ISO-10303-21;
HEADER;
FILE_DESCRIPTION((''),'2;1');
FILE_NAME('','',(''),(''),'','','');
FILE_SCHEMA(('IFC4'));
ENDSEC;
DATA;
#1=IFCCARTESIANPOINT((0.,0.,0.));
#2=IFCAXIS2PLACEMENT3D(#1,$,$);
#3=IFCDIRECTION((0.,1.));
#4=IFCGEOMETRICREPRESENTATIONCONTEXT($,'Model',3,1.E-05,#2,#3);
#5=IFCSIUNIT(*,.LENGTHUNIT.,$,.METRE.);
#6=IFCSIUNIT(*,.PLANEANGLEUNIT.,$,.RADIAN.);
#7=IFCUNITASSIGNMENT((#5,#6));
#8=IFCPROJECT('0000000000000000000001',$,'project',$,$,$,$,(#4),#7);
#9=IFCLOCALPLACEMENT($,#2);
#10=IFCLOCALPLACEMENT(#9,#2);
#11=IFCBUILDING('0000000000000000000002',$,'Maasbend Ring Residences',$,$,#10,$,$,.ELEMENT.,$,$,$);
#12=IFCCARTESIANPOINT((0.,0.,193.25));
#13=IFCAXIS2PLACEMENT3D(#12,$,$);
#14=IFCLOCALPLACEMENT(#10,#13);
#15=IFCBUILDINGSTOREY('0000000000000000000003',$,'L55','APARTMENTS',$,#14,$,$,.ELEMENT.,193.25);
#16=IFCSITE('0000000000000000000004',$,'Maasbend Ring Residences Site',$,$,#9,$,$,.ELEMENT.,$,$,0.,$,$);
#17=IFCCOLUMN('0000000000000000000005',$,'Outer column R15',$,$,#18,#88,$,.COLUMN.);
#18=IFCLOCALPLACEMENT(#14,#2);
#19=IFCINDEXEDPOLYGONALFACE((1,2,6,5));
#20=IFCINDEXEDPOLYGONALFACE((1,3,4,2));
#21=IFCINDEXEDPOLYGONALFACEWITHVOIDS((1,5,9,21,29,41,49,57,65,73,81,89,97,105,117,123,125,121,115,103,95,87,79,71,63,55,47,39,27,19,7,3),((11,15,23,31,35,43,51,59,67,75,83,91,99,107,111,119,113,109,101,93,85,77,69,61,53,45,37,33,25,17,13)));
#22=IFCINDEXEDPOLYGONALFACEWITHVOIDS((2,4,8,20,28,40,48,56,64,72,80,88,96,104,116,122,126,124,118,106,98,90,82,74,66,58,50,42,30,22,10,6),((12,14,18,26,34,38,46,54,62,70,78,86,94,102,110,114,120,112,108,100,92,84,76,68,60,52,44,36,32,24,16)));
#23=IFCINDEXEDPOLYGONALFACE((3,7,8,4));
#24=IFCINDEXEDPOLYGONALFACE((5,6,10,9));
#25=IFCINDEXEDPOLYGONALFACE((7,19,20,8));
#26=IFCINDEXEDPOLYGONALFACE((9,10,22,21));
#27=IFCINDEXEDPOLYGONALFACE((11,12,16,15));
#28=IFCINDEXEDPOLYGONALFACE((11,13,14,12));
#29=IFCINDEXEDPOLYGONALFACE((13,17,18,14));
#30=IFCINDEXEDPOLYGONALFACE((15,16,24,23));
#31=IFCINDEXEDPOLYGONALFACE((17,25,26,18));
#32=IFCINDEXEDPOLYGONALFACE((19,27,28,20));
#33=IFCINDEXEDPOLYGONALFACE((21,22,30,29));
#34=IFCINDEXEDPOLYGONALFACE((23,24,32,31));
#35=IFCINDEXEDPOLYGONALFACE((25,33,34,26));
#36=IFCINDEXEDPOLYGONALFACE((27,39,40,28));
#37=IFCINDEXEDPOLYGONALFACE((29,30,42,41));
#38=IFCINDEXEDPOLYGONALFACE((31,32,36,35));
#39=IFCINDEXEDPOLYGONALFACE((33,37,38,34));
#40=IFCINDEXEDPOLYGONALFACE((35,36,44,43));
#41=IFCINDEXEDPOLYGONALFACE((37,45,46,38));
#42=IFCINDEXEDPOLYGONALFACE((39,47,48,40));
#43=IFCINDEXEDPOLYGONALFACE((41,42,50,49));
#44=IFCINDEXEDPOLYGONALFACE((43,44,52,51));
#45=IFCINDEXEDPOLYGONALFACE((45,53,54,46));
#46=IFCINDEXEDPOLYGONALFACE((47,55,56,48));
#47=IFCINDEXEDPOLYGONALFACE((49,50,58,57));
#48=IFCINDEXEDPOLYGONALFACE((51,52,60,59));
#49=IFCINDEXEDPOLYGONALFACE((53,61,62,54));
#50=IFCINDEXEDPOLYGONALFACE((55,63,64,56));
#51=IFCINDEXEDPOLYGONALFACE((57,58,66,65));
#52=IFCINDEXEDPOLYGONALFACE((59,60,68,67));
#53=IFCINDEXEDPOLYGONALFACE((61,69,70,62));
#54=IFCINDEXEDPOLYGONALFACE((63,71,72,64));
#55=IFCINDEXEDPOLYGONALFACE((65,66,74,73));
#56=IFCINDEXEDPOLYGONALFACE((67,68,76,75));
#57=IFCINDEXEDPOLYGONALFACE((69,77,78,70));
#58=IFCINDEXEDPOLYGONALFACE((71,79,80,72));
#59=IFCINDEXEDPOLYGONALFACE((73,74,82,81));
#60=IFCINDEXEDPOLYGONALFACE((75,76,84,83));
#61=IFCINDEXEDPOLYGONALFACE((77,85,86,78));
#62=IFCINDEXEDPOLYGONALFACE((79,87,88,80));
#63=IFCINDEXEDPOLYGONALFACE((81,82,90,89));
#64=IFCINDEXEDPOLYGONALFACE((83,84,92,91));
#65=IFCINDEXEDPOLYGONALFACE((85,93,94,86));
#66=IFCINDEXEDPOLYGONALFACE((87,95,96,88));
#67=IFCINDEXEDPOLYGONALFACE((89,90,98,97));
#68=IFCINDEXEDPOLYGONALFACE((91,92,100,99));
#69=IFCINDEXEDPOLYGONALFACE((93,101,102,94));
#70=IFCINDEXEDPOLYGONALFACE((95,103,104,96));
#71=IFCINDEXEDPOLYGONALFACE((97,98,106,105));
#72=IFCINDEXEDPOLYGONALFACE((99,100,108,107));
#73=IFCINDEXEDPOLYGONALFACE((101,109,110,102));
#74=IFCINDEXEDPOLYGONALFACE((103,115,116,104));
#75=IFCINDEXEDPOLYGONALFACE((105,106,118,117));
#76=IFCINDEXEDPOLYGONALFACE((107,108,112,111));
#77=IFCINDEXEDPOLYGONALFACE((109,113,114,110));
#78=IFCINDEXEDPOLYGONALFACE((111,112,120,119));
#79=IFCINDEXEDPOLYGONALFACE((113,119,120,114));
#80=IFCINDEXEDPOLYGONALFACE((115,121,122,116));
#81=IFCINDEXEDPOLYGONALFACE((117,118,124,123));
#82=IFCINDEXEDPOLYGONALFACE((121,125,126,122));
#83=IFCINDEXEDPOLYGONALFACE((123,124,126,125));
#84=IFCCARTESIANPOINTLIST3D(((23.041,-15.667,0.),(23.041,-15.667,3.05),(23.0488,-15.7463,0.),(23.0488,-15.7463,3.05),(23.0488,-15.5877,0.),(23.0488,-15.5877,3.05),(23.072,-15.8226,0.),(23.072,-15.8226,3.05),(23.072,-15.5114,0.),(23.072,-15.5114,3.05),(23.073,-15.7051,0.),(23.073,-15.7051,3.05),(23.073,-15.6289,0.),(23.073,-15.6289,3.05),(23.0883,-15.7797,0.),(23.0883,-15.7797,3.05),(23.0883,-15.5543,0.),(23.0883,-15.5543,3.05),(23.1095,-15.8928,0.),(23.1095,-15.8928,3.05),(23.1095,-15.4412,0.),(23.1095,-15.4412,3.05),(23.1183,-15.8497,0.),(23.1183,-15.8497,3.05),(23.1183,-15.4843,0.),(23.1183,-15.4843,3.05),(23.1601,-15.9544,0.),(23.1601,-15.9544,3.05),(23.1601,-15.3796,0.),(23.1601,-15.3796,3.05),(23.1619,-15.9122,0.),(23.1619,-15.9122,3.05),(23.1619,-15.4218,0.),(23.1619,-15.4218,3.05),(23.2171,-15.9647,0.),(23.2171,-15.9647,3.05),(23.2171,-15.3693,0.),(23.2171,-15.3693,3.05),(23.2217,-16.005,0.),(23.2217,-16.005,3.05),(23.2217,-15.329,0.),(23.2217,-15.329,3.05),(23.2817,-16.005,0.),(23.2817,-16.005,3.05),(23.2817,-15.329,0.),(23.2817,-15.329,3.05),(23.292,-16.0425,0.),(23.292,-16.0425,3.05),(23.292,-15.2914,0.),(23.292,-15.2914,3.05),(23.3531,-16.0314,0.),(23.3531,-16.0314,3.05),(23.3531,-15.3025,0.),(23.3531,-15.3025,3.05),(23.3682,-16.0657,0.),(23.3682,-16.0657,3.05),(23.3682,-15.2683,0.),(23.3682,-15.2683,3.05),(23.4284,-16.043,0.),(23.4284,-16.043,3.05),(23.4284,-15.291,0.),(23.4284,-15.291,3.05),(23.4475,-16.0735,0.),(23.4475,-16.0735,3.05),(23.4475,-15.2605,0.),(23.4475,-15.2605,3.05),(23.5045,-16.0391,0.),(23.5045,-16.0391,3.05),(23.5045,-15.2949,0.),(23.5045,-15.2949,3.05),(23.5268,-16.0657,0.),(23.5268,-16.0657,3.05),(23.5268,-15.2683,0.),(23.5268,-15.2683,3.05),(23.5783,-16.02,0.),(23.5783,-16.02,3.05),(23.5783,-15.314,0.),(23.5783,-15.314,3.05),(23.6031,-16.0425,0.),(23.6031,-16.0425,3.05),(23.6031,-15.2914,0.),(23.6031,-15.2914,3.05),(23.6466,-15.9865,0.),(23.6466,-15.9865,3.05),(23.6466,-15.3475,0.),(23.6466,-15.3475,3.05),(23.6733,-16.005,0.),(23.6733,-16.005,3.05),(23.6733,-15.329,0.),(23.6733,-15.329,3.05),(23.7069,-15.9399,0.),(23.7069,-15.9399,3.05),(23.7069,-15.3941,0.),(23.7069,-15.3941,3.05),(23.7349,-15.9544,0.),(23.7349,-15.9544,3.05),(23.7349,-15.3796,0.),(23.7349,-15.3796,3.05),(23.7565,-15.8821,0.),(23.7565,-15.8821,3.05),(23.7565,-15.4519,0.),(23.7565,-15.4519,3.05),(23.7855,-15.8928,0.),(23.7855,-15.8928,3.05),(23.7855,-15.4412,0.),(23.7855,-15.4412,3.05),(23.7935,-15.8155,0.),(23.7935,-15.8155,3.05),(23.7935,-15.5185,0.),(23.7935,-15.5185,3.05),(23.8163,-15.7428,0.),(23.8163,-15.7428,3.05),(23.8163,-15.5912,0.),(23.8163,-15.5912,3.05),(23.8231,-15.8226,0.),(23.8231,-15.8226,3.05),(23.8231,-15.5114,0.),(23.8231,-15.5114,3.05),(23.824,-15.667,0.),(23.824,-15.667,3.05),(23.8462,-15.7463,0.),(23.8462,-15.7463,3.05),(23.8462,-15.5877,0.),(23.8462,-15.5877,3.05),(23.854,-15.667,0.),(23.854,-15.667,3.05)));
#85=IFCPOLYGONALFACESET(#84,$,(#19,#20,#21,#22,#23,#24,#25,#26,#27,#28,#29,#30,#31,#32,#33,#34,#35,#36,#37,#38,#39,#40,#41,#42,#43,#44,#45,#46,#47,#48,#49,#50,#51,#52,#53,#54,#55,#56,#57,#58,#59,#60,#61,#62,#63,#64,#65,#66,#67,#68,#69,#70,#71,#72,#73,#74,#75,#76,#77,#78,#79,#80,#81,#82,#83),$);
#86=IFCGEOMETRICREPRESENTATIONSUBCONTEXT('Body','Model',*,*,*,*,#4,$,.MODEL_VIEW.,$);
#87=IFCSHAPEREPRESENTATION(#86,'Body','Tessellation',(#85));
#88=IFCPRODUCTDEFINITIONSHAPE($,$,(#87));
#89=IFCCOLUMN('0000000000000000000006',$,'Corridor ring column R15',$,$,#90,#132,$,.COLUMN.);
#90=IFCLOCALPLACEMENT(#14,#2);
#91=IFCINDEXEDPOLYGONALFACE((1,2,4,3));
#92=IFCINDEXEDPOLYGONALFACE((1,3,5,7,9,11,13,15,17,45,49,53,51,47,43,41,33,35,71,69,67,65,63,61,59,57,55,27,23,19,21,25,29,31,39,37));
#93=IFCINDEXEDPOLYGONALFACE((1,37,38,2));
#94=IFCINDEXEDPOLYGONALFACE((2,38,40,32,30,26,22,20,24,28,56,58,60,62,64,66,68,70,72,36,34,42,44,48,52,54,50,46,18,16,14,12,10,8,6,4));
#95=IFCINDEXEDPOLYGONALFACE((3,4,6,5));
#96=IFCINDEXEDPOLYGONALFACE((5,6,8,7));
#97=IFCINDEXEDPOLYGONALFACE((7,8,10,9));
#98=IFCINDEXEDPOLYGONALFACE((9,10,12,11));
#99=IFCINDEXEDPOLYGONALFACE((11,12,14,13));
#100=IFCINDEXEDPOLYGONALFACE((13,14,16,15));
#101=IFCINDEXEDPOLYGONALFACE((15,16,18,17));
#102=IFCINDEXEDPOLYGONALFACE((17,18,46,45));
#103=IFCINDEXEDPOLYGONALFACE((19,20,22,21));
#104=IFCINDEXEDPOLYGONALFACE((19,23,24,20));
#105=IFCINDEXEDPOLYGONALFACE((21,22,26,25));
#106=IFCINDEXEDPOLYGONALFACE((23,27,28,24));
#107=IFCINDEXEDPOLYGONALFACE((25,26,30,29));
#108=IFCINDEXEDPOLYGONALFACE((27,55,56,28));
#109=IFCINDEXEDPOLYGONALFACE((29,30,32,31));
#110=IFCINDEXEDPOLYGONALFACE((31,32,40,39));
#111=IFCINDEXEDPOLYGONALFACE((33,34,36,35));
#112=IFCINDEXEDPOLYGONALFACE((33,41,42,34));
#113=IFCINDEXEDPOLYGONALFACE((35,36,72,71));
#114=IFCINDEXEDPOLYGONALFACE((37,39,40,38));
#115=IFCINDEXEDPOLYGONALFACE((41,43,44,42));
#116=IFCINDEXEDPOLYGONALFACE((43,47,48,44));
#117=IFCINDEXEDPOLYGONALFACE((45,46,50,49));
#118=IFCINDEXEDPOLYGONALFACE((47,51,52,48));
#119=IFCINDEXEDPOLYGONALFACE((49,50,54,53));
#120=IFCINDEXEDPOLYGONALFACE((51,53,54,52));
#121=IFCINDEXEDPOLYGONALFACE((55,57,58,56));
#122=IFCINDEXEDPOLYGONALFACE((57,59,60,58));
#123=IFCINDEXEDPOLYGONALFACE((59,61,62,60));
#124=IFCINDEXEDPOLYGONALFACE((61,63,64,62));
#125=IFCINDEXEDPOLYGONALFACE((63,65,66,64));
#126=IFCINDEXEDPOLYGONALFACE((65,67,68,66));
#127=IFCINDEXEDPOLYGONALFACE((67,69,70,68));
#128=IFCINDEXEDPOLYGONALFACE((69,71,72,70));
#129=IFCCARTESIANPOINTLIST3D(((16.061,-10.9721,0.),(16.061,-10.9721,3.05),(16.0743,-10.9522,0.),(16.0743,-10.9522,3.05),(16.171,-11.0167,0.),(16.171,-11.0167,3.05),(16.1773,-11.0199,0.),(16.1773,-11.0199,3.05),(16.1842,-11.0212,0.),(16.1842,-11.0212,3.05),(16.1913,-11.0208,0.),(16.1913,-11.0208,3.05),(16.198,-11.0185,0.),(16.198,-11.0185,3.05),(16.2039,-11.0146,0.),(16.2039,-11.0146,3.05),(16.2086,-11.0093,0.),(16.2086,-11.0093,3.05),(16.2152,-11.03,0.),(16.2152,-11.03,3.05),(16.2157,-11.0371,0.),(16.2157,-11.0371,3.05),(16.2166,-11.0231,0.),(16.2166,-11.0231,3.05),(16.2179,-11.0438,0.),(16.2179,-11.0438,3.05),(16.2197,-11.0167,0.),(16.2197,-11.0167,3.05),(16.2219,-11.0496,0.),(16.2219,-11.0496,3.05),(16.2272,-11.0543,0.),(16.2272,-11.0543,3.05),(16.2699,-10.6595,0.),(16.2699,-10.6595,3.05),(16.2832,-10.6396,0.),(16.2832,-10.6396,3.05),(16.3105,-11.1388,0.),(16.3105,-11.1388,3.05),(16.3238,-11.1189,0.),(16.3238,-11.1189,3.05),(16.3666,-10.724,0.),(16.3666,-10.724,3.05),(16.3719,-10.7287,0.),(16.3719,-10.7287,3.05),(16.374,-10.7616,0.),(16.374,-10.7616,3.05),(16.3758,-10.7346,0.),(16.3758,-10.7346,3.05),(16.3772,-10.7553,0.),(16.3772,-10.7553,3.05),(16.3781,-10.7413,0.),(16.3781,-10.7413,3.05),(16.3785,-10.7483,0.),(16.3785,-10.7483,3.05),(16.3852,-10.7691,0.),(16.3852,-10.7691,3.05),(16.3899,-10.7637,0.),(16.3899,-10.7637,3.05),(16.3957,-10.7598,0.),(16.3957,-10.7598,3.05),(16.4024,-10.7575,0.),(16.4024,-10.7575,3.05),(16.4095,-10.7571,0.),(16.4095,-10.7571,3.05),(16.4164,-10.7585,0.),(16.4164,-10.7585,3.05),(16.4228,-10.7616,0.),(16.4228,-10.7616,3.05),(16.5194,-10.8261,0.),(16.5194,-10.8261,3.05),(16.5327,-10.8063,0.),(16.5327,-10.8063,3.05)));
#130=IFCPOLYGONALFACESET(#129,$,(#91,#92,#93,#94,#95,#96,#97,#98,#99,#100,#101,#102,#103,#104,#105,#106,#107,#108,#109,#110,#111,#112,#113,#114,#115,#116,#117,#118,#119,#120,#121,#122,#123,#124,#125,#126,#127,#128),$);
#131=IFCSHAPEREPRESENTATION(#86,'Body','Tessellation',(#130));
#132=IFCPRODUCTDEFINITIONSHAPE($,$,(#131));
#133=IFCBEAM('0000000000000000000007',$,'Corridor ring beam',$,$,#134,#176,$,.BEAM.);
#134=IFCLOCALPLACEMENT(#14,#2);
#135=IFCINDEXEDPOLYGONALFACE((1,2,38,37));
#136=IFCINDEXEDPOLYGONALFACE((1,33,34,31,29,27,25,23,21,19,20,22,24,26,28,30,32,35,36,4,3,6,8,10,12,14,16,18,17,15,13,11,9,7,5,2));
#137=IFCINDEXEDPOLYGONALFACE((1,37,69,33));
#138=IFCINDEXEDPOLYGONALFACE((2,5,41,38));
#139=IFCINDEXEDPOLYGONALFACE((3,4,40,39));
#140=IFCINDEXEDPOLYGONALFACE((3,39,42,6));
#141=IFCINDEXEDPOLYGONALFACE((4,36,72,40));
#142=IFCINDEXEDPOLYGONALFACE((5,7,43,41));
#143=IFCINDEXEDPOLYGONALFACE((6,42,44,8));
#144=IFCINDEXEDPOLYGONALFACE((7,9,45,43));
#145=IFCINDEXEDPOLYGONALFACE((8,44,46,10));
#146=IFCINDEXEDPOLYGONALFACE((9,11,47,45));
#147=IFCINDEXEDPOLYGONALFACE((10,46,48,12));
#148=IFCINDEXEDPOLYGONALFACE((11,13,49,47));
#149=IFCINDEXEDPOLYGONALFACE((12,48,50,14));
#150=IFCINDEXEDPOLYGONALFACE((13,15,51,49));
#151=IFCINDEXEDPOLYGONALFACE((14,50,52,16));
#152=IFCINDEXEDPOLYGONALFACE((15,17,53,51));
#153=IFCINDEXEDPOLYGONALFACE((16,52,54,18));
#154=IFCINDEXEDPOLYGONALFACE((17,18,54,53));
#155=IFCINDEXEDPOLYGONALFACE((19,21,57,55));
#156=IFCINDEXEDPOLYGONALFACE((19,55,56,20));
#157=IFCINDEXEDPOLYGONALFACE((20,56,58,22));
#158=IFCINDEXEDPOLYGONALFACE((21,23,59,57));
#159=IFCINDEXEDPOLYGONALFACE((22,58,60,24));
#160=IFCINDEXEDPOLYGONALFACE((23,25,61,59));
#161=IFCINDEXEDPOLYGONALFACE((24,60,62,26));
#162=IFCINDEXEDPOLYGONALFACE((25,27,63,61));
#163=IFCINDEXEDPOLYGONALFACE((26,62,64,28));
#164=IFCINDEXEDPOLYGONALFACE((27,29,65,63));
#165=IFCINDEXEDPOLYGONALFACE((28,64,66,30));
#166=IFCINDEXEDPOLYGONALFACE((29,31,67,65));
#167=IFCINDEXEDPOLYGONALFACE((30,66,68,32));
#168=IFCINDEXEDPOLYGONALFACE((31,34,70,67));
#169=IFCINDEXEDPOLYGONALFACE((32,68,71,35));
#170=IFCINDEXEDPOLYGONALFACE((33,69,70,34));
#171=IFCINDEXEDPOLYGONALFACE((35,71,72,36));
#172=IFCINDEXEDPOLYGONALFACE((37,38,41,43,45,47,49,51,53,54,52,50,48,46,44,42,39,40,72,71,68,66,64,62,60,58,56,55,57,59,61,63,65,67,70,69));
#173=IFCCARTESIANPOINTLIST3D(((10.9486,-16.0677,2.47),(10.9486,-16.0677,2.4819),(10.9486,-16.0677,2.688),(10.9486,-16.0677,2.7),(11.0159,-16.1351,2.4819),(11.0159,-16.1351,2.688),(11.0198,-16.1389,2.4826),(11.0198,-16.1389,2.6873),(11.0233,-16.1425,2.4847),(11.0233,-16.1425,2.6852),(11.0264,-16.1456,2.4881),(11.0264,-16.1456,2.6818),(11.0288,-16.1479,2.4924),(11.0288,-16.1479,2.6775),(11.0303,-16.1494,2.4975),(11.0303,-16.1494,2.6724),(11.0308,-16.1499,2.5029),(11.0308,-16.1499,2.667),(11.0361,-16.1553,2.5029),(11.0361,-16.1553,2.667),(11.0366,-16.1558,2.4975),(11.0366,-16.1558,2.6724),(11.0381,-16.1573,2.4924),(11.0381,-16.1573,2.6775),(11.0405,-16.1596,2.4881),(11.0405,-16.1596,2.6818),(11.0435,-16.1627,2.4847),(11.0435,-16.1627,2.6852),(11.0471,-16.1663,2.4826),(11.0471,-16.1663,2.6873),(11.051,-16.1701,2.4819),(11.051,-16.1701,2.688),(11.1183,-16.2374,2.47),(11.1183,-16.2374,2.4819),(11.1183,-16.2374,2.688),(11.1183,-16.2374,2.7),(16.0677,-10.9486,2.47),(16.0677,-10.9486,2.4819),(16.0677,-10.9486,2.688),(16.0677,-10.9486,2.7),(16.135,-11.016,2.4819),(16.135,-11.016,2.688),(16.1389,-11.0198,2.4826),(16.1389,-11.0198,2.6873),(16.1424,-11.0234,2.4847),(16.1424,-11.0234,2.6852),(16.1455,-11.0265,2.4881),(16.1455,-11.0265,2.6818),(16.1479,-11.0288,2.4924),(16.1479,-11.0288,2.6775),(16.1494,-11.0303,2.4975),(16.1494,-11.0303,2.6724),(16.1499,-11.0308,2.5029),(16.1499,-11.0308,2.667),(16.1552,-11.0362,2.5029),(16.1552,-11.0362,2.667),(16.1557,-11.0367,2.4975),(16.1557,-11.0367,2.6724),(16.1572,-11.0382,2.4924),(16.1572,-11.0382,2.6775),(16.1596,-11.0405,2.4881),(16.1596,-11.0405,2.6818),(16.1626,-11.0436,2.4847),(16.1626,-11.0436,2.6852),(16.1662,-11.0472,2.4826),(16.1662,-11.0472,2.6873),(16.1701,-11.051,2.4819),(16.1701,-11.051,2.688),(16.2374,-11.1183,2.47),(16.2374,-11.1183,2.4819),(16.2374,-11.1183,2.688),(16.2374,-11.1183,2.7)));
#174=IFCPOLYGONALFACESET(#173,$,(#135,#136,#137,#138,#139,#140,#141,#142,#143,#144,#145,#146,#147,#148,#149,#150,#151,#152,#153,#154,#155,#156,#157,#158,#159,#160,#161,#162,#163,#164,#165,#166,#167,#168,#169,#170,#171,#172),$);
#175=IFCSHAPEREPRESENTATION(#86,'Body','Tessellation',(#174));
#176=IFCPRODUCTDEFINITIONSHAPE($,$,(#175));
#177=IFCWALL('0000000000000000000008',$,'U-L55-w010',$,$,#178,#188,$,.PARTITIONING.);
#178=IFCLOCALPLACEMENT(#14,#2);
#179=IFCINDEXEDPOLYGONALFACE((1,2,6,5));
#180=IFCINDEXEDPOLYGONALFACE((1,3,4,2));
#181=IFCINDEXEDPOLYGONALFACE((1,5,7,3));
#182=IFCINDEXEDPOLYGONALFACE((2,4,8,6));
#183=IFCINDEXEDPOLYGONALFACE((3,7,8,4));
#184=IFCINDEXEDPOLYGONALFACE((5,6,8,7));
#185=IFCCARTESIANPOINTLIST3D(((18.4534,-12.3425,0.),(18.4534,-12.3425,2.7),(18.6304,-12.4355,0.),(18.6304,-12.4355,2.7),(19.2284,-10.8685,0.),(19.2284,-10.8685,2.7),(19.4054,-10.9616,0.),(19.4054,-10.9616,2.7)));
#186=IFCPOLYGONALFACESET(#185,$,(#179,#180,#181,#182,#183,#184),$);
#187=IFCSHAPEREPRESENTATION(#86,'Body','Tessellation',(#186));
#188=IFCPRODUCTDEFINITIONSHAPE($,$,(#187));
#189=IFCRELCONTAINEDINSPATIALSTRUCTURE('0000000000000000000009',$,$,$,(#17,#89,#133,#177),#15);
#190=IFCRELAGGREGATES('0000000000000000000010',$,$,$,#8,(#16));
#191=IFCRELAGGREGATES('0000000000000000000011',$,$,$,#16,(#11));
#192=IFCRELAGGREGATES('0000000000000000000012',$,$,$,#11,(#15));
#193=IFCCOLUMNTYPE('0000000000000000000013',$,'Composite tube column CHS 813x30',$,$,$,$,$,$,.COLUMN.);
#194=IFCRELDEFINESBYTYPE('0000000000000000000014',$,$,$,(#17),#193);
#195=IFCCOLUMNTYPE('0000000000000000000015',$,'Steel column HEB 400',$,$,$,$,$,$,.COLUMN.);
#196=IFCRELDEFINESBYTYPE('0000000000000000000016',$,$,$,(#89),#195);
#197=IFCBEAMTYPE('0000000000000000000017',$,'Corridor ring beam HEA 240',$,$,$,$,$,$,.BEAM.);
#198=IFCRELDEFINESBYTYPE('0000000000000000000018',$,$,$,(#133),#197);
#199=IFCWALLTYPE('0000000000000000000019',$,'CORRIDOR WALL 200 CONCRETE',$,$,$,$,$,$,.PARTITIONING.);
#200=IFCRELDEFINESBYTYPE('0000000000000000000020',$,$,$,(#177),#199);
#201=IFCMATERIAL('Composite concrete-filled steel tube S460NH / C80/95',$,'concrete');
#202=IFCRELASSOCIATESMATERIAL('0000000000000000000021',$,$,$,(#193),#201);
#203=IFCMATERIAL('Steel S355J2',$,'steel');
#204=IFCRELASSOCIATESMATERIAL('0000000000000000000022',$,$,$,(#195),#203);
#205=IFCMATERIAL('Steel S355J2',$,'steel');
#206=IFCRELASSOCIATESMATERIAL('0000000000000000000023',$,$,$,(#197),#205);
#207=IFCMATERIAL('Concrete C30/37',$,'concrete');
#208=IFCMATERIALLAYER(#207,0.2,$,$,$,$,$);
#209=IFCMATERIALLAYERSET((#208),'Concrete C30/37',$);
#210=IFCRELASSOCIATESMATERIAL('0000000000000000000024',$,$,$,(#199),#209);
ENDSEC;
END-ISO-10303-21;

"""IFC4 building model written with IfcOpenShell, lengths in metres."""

from ifc_helpers import new_model, si_unit, direction, frame, frame_2d, origin, origin_2d, place, context, subcontext, project, spatial, rectangle, hollow_circle, i_section, extrude, material, layer, layer_set, material_profile, profile_set, type_object, element, save


model = new_model("IFC4")

# Units and contexts
model_context = context("Model", 3, precision=1e-05, world=origin(), true_north=direction((0.0, 1.0)))
body_context = subcontext(model_context, "Body", "Model", "MODEL_VIEW")
ifc_project = project(units=[si_unit("LENGTHUNIT", "METRE"), si_unit("PLANEANGLEUNIT", "RADIAN")], contexts=[model_context])

# Site, building, storey
site_placement = place(None, origin())
site = spatial("IfcSite", under=ifc_project, at=site_placement, Name="Maasbend Ring Residences Site", CompositionType="ELEMENT", RefElevation=0.0)
building_placement = place(site_placement, origin())
building = spatial("IfcBuilding", under=site, at=building_placement, Name="Maasbend Ring Residences", CompositionType="ELEMENT")
storey_placement = place(building_placement, frame((0.0, 0.0, 193.25)))
storey = spatial("IfcBuildingStorey", under=building, at=storey_placement, Name="L55", Description="APARTMENTS", CompositionType="ELEMENT", Elevation=193.25)

# Columns
ifc_material_1 = material(Name="Composite concrete-filled steel tube S460NH / C80/95", Category="concrete")
ifc_material_profile_1 = material_profile(ifc_material_1, hollow_circle(Radius=0.4065, WallThickness=0.03, at=origin_2d()), Name="Composite tube column CHS 813x30")
ifc_profile_set_1 = profile_set([ifc_material_profile_1], Name="Composite concrete-filled steel tube S460NH / C80/95")
column_type_1 = type_object("IfcColumnType", Name="Composite tube column CHS 813x30", PredefinedType="COLUMN", material=ifc_profile_set_1)
column_1_placement = place(storey_placement, frame((23.4475, -15.667, 0.0), z_axis=(0.0, 0.0, 1.0), x_axis=(1.0, 0.0, 0.0)))
element("IfcColumn", 1, at=column_1_placement, inside=storey, type_object=column_type_1, Name="Outer column R15", PredefinedType="COLUMN", context=body_context, shape_type="SweptSolid", body=[
    extrude(hollow_circle(Radius=0.4065, WallThickness=0.03, at=origin_2d()), origin(), (0.0, 0.0, 1.0), 3.05),
])
ifc_material_2 = material(Name="Steel S355J2", Category="steel")
ifc_material_profile_2 = material_profile(ifc_material_2, i_section(OverallWidth=0.3, OverallDepth=0.3999, WebThickness=0.0134, FlangeThickness=0.0239, FilletRadius=0.0271, at=origin_2d()), Name="HEB 400")
ifc_profile_set_2 = profile_set([ifc_material_profile_2], Name="Steel S355J2")
column_type_2 = type_object("IfcColumnType", Name="Steel column HEB 400", PredefinedType="COLUMN", material=ifc_profile_set_2)
column_2_placement = place(storey_placement, frame((16.2969, -10.8892, 0.0), z_axis=(0.0, 0.0, 1.0), x_axis=(0.83147, -0.55557, 0.0)))
element("IfcColumn", 2, at=column_2_placement, inside=storey, type_object=column_type_2, Name="Corridor ring column R15", PredefinedType="COLUMN", context=body_context, shape_type="SweptSolid", body=[
    extrude(i_section(OverallWidth=0.3, OverallDepth=0.3999, WebThickness=0.0134, FlangeThickness=0.0239, FilletRadius=0.0271, at=origin_2d()), origin(), (0.0, 0.0, 1.0), 3.05),
])

# Beam
ifc_material_3 = material(Name="Steel S355J2", Category="steel")
ifc_material_profile_3 = material_profile(ifc_material_3, i_section(OverallWidth=0.24, OverallDepth=0.23, WebThickness=0.0076, FlangeThickness=0.012, FilletRadius=0.021, at=origin_2d()), Name="HEA 240")
ifc_profile_set_3 = profile_set([ifc_material_profile_3], Name="Steel S355J2")
beam_type = type_object("IfcBeamType", Name="Corridor ring beam HEA 240", PredefinedType="BEAM", material=ifc_profile_set_3)
beam_placement = place(storey_placement, frame((11.0334, -16.1526, 2.585), z_axis=(0.707107, 0.707107, 0.0), x_axis=(-0.707107, 0.707107, 0.0)))
element("IfcBeam", 3, at=beam_placement, inside=storey, type_object=beam_type, Name="Corridor ring beam", PredefinedType="BEAM", context=body_context, shape_type="SweptSolid", body=[
    extrude(i_section(OverallWidth=0.24, OverallDepth=0.23, WebThickness=0.0076, FlangeThickness=0.012, FilletRadius=0.021, at=origin_2d()), origin(), (0.0, 0.0, 1.0), 7.2395),
])

# Wall
ifc_material_4 = material(Name="Concrete C30/37", Category="concrete")
ifc_layer_1 = layer(ifc_material_4, 0.2)
ifc_layer_set_1 = layer_set([ifc_layer_1], Name="Concrete C30/37")
wall_type_1 = type_object("IfcWallType", Name="CORRIDOR WALL 200 CONCRETE", PredefinedType="PARTITIONING", material=ifc_layer_set_1)
wall_1_placement = place(storey_placement, frame((18.542, -12.3889, 0.0), z_axis=(0.0, 0.0, 1.0), x_axis=(0.46536, 0.885122, 0.0)))
element("IfcWall", 4, at=wall_1_placement, inside=storey, type_object=wall_type_1, Name="U-L55-w010", PredefinedType="PARTITIONING", context=body_context, shape_type="SweptSolid", body=[
    extrude(rectangle(XDim=1.6653, YDim=0.2, at=frame_2d((0.8325, 0.0))), origin(), (0.0, 0.0, 1.0), 2.7),
])

save(model, "model.ifc")
